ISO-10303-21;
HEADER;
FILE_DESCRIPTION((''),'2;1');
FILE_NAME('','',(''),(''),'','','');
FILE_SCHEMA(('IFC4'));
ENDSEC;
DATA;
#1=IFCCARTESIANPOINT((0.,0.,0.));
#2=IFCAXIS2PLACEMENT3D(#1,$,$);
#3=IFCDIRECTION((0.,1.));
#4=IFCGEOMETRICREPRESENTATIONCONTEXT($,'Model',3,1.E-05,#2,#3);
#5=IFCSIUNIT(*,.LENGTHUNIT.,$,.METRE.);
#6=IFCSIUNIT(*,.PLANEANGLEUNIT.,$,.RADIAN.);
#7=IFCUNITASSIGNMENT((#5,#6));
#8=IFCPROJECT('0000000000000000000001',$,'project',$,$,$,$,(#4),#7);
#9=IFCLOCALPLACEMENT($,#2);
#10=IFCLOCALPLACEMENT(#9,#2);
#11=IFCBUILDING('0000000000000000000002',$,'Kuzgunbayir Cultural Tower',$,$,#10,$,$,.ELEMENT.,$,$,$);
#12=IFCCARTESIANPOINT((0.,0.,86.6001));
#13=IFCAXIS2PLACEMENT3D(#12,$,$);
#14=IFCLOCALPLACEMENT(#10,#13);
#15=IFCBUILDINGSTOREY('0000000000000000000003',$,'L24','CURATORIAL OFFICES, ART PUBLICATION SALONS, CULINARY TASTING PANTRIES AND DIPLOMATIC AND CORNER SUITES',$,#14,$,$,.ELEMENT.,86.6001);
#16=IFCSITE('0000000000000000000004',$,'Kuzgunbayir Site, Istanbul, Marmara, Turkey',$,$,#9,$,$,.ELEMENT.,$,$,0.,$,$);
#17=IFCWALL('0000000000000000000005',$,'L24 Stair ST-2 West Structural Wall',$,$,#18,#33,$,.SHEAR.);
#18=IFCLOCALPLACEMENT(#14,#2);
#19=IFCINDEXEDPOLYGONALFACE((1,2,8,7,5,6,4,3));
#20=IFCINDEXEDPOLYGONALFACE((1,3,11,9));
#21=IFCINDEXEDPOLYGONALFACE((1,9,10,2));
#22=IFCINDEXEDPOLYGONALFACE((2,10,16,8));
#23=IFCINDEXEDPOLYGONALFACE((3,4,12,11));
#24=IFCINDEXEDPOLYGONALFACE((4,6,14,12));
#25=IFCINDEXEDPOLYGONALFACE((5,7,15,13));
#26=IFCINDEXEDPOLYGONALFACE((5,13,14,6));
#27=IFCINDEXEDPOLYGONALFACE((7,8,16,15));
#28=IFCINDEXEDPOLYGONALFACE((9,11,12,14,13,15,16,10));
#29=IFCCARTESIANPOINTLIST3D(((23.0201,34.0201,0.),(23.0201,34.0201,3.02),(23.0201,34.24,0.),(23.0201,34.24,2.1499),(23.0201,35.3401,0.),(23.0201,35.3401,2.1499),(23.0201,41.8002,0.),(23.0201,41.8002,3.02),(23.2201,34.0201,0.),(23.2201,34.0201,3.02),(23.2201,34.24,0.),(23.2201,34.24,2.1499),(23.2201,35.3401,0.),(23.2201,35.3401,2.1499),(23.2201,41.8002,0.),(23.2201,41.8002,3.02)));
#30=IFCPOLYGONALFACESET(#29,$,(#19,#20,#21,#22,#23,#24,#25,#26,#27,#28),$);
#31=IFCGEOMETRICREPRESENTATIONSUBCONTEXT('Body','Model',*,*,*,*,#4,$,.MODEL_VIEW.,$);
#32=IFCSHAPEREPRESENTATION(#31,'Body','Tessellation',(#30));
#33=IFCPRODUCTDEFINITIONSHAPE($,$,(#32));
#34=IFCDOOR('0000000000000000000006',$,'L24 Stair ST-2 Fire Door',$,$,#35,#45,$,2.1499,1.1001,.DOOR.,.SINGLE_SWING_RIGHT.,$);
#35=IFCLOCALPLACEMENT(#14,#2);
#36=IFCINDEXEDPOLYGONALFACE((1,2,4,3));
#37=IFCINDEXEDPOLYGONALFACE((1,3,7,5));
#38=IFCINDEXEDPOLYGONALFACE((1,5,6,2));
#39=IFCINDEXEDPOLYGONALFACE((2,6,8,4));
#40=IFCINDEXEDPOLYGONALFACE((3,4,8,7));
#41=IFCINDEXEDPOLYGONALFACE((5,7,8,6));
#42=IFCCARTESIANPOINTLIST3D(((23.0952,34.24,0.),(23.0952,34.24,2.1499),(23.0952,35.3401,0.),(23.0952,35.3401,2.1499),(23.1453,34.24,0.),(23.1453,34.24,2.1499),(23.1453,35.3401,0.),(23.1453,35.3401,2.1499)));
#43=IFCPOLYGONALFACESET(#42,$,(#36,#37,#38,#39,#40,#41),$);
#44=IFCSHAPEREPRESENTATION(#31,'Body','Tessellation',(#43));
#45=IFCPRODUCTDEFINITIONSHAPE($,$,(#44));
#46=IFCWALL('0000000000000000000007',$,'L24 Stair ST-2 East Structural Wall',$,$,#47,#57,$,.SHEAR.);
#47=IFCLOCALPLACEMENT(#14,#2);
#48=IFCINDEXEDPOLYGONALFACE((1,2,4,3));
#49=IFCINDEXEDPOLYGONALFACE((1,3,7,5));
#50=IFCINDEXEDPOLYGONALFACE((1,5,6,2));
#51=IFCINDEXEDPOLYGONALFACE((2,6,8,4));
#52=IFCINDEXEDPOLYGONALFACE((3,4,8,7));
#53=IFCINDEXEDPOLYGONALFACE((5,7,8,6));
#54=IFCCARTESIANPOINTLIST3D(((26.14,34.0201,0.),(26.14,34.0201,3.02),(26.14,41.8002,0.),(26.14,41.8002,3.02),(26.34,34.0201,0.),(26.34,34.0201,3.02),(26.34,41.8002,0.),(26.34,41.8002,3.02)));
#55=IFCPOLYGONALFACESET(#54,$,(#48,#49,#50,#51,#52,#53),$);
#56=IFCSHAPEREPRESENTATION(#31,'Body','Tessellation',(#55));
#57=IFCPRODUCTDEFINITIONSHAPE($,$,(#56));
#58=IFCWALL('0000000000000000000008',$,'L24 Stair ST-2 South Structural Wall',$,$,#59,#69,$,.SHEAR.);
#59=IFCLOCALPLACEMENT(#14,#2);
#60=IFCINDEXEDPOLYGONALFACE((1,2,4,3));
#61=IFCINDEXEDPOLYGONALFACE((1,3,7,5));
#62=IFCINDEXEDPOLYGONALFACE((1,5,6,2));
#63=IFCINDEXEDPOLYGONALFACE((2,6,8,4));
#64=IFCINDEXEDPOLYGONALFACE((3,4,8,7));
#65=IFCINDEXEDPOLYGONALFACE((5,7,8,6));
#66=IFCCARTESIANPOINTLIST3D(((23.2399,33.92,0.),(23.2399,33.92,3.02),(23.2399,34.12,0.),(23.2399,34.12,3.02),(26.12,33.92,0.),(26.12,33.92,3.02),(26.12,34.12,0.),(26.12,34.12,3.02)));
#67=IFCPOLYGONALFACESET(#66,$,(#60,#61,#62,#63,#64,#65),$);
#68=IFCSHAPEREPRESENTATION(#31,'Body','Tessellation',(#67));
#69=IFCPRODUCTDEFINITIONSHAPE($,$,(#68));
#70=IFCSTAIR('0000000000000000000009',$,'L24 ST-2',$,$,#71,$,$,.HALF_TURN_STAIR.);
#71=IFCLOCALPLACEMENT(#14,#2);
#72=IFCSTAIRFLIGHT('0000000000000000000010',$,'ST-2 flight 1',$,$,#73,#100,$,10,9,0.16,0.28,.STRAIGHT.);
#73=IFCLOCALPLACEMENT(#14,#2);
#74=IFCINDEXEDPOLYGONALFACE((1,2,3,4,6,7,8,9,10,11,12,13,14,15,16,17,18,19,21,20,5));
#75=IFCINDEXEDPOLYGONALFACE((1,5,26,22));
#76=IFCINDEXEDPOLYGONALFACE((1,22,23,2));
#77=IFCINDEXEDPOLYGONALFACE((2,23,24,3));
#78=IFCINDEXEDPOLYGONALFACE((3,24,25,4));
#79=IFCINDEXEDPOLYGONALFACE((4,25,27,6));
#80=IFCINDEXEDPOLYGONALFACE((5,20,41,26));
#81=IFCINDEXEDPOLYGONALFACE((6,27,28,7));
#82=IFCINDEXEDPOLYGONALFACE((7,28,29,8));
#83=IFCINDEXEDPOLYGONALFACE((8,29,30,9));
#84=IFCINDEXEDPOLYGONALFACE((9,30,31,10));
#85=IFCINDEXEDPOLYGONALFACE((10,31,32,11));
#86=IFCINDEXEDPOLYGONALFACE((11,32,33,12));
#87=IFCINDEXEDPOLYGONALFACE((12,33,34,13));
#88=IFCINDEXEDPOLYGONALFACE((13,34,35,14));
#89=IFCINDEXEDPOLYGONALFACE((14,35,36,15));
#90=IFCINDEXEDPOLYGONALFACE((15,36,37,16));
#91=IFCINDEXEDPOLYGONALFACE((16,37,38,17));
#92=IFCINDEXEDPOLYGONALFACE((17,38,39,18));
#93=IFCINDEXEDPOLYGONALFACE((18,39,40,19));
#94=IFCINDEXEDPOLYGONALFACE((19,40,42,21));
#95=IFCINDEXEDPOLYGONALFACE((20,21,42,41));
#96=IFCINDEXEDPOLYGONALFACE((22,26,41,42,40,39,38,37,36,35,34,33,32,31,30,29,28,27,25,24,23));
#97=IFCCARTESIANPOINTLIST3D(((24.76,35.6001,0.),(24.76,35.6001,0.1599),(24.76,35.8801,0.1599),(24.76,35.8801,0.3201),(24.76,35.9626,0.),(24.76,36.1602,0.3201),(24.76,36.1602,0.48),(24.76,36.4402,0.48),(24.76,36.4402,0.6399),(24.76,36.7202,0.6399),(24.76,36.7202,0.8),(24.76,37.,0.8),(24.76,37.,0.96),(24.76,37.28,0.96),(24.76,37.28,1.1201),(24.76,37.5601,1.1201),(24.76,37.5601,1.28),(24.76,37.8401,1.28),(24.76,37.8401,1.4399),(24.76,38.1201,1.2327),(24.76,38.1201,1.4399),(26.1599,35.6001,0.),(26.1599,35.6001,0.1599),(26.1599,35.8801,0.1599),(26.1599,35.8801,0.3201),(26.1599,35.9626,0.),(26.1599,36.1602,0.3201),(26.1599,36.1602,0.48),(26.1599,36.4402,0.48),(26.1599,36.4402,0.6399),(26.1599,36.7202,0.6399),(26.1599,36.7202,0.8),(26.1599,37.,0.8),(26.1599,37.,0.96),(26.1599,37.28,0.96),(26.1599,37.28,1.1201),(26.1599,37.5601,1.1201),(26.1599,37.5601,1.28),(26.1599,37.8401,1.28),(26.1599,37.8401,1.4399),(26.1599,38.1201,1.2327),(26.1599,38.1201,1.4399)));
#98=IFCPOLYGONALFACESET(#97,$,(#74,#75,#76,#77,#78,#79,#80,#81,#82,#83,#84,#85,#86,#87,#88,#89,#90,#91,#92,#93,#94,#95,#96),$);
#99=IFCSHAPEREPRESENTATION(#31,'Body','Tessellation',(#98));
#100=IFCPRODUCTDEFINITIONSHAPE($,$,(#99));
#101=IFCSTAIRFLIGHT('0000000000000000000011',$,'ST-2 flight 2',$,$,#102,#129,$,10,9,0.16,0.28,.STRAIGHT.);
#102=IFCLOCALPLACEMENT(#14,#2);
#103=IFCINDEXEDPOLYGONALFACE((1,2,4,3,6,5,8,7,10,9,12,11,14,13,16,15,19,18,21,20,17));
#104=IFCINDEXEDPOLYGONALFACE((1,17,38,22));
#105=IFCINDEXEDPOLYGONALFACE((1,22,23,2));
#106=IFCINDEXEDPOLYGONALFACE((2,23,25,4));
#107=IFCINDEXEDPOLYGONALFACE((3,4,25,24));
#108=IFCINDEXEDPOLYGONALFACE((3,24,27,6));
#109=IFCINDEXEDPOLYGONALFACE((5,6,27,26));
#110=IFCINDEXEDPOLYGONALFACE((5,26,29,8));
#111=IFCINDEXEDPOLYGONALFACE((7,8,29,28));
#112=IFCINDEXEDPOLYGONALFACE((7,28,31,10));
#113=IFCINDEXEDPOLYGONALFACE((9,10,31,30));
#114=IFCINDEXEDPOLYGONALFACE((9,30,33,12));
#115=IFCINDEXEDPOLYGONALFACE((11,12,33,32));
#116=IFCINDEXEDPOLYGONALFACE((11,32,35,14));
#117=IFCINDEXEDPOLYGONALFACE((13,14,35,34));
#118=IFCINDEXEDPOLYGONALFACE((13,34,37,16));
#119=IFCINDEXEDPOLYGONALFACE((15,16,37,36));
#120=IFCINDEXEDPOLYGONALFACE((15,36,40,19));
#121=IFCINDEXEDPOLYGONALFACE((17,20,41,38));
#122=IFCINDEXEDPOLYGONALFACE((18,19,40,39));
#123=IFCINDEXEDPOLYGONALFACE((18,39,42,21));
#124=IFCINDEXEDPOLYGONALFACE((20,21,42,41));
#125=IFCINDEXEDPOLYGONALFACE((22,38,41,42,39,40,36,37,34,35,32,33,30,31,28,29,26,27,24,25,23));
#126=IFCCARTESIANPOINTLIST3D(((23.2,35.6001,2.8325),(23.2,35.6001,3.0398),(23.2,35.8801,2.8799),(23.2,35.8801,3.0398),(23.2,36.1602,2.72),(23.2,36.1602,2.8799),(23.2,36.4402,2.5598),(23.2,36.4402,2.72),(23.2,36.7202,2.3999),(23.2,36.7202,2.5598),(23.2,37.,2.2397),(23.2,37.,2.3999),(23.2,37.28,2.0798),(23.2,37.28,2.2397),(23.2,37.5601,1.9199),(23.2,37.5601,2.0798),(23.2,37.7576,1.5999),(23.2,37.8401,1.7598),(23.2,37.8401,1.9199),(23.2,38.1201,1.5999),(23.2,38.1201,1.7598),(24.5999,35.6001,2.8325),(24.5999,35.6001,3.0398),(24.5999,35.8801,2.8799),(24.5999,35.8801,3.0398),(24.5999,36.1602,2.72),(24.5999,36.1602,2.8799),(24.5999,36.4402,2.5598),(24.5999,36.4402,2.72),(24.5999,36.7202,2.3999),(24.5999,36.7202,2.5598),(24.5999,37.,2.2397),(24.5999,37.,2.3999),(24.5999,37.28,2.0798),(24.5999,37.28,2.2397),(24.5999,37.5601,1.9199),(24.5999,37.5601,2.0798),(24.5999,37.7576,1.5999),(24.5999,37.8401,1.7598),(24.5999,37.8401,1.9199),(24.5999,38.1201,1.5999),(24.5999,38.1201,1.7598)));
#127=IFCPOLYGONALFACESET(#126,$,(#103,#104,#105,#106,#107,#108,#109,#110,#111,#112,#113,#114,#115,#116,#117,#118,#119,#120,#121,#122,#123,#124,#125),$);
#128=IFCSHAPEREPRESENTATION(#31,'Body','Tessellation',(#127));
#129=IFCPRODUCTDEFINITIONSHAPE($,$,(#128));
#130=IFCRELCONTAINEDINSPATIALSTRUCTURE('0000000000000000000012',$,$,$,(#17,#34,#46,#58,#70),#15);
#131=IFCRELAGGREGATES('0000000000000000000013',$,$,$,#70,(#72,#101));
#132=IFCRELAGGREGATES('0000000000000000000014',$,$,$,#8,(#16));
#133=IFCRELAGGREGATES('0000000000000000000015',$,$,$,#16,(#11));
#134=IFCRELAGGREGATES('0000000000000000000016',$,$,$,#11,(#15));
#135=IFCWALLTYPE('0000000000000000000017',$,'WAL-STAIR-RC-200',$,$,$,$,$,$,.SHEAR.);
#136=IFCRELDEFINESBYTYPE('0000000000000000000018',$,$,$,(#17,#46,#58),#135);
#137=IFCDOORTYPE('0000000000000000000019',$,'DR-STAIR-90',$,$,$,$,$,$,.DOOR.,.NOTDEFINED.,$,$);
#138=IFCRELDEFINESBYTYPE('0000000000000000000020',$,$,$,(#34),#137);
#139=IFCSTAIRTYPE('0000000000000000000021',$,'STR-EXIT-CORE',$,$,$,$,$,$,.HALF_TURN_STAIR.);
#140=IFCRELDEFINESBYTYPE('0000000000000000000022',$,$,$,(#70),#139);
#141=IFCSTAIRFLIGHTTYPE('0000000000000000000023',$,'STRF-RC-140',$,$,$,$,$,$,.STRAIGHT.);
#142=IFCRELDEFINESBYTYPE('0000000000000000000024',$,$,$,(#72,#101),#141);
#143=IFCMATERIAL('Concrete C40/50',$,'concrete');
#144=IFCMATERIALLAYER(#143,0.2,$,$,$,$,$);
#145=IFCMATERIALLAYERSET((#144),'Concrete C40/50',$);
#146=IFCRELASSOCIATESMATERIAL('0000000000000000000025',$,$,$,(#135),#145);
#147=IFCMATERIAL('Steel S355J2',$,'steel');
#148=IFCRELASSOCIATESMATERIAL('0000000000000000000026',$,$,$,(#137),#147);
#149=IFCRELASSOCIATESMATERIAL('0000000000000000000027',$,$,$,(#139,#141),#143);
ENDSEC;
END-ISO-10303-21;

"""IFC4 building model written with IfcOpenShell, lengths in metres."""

from ifc_helpers import new_model, si_unit, direction, frame, frame_2d, origin, place, context, subcontext, project, spatial, polyline, rectangle, outline, extrude, material, layer, layer_set, type_object, element, fill, aggregate, save


model = new_model("IFC4")

# Units and contexts
model_context = context("Model", 3, precision=1e-05, world=origin(), true_north=direction((0.0, 1.0)))
body_context = subcontext(model_context, "Body", "Model", "MODEL_VIEW")
ifc_project = project(units=[si_unit("LENGTHUNIT", "METRE"), si_unit("PLANEANGLEUNIT", "RADIAN")], contexts=[model_context])

# Site, building, storey
site_placement = place(None, origin())
site = spatial("IfcSite", under=ifc_project, at=site_placement, Name="Kuzgunbayir Site, Istanbul, Marmara, Turkey", CompositionType="ELEMENT", RefElevation=0.0)
building_placement = place(site_placement, origin())
building = spatial("IfcBuilding", under=site, at=building_placement, Name="Kuzgunbayir Cultural Tower", CompositionType="ELEMENT")
storey_placement = place(building_placement, frame((0.0, 0.0, 86.6001)))
storey = spatial("IfcBuildingStorey", under=building, at=storey_placement, Name="L24", Description="CURATORIAL OFFICES, ART PUBLICATION SALONS, CULINARY TASTING PANTRIES AND DIPLOMATIC AND CORNER SUITES", CompositionType="ELEMENT", Elevation=86.6001)

# Shared definitions
ifc_material_1 = material(Name="Steel S355J2", Category="steel")

# Shared definitions
ifc_material_2 = material(Name="Concrete C40/50", Category="concrete")

# Wall, opening, door
ifc_layer_1 = layer(ifc_material_2, 0.2)
ifc_layer_set_1 = layer_set([ifc_layer_1], Name="Concrete C40/50")
wall_type_1 = type_object("IfcWallType", Name="WAL-STAIR-RC-200", PredefinedType="SHEAR", material=ifc_layer_set_1)
wall_1_placement = place(storey_placement, frame((23.1201, 34.02, 0.0), z_axis=(0.0, 0.0, 1.0), x_axis=(0.0, 1.0, 0.0)))
wall_1 = element("IfcWall", 1, at=wall_1_placement, inside=storey, type_object=wall_type_1, Name="L24 Stair ST-2 West Structural Wall", PredefinedType="SHEAR", context=body_context, shape_type="SweptSolid", body=[
    extrude(rectangle(XDim=7.78, YDim=0.2, at=frame_2d((3.8901, 0.0))), origin(), (0.0, 0.0, 1.0), 3.02),
])
opening_placement = place(wall_1_placement, frame((0.22, 0.0, 0.0)))
opening = element("IfcOpeningElement", 2, at=opening_placement, cuts=wall_1, PredefinedType="OPENING", context=body_context, shape_type="SweptSolid", body=[
    extrude(rectangle(XDim=1.1001, YDim=2.1499, at=frame_2d((0.55, 1.075))), frame((0.0, 0.1099, 0.0), z_axis=(0.0, -1.0, 0.0), x_axis=(1.0, 0.0, 0.0)), (0.0, 0.0, 1.0), 0.22),
])
door_type = type_object("IfcDoorType", Name="DR-STAIR-90", OperationType="NOTDEFINED", PredefinedType="DOOR", material=ifc_material_1)
door_placement = place(opening_placement, origin())
door = element("IfcDoor", 3, at=door_placement, inside=storey, type_object=door_type, Name="L24 Stair ST-2 Fire Door", OperationType="SINGLE_SWING_RIGHT", OverallHeight=2.1499, OverallWidth=1.1001, PredefinedType="DOOR", context=body_context, shape_type="SweptSolid", body=[
    extrude(rectangle(XDim=1.1001, YDim=2.1499, at=frame_2d((0.55, 1.075))), frame((0.0, 0.0249, 0.0), z_axis=(0.0, -1.0, 0.0), x_axis=(1.0, 0.0, 0.0)), (0.0, 0.0, 1.0), 0.05),
])
fill(opening, door)

# Walls
wall_2_placement = place(storey_placement, frame((26.24, 34.02, 0.0), z_axis=(0.0, 0.0, 1.0), x_axis=(0.0, 1.0, 0.0)))
element("IfcWall", 4, at=wall_2_placement, inside=storey, type_object=wall_type_1, Name="L24 Stair ST-2 East Structural Wall", PredefinedType="SHEAR", context=body_context, shape_type="SweptSolid", body=[
    extrude(rectangle(XDim=7.78, YDim=0.2, at=frame_2d((3.8901, 0.0))), origin(), (0.0, 0.0, 1.0), 3.02),
])
wall_3_placement = place(storey_placement, frame((23.24, 34.02, 0.0), z_axis=(0.0, 0.0, 1.0), x_axis=(1.0, 0.0, 0.0)))
element("IfcWall", 5, at=wall_3_placement, inside=storey, type_object=wall_type_1, Name="L24 Stair ST-2 South Structural Wall", PredefinedType="SHEAR", context=body_context, shape_type="SweptSolid", body=[
    extrude(rectangle(XDim=2.8801, YDim=0.2, at=frame_2d((1.4399, 0.0))), origin(), (0.0, 0.0, 1.0), 3.02),
])

# Stair, stair flights
stair_type = type_object("IfcStairType", Name="STR-EXIT-CORE", PredefinedType="HALF_TURN_STAIR", material=ifc_material_2)
stair_placement = place(storey_placement, origin())
stair = element("IfcStair", 6, at=stair_placement, inside=storey, type_object=stair_type, Name="L24 ST-2", PredefinedType="HALF_TURN_STAIR")
stair_flight_type = type_object("IfcStairFlightType", Name="STRF-RC-140", PredefinedType="STRAIGHT", material=ifc_material_2)
stair_flight_1_placement = place(storey_placement, frame((25.46, 35.6001, 0.0), z_axis=(0.0, 0.0, 1.0), x_axis=(0.0, 1.0, 0.0)))
stair_flight_1 = element("IfcStairFlight", 7, at=stair_flight_1_placement, type_object=stair_flight_type, Name="ST-2 flight 1", NumberOfRisers=10, NumberOfTreads=9, PredefinedType="STRAIGHT", RiserHeight=0.16, TreadLength=0.28, context=body_context, shape_type="SweptSolid", body=[
    extrude(outline(polyline([(0.0, 0.0), (0.0, 0.1599), (0.28, 0.1599), (0.28, 0.3201), (0.5601, 0.3201), (0.5601, 0.48), (0.8401, 0.48), (0.8401, 0.6399), (1.1201, 0.6399), (1.1201, 0.8), (1.3999, 0.8), (1.3999, 0.96), (1.6799, 0.96), (1.6799, 1.1201), (1.96, 1.1201), (1.96, 1.28), (2.24, 1.28), (2.24, 1.4399), (2.52, 1.4399), (2.52, 1.6001), (2.52, 1.2327), (0.3625, 0.0), (0.0, 0.0)])), frame((0.0, 0.7, 0.0), z_axis=(0.0, -1.0, 0.0), x_axis=(1.0, 0.0, 0.0)), (0.0, 0.0, 1.0), 1.3999),
])
stair_flight_2_placement = place(storey_placement, frame((23.8999, 38.1201, 1.5999), z_axis=(0.0, 0.0, 1.0), x_axis=(0.0, -1.0, 0.0)))
stair_flight_2 = element("IfcStairFlight", 8, at=stair_flight_2_placement, type_object=stair_flight_type, Name="ST-2 flight 2", NumberOfRisers=10, NumberOfTreads=9, PredefinedType="STRAIGHT", RiserHeight=0.16, TreadLength=0.28, context=body_context, shape_type="SweptSolid", body=[
    extrude(outline(polyline([(0.0, 0.0), (0.0, 0.1599), (0.28, 0.1599), (0.28, 0.3201), (0.5601, 0.3201), (0.5601, 0.48), (0.8401, 0.48), (0.8401, 0.6399), (1.1201, 0.6399), (1.1201, 0.8), (1.3999, 0.8), (1.3999, 0.96), (1.6799, 0.96), (1.6799, 1.1201), (1.96, 1.1201), (1.96, 1.28), (2.24, 1.28), (2.24, 1.4399), (2.52, 1.4399), (2.52, 1.6001), (2.52, 1.2327), (0.3625, 0.0), (0.0, 0.0)])), frame((0.0, 0.7, 0.0), z_axis=(0.0, -1.0, 0.0), x_axis=(1.0, 0.0, 0.0)), (0.0, 0.0, 1.0), 1.3999),
])
aggregate(stair, [stair_flight_1, stair_flight_2])

save(model, "model.ifc")
